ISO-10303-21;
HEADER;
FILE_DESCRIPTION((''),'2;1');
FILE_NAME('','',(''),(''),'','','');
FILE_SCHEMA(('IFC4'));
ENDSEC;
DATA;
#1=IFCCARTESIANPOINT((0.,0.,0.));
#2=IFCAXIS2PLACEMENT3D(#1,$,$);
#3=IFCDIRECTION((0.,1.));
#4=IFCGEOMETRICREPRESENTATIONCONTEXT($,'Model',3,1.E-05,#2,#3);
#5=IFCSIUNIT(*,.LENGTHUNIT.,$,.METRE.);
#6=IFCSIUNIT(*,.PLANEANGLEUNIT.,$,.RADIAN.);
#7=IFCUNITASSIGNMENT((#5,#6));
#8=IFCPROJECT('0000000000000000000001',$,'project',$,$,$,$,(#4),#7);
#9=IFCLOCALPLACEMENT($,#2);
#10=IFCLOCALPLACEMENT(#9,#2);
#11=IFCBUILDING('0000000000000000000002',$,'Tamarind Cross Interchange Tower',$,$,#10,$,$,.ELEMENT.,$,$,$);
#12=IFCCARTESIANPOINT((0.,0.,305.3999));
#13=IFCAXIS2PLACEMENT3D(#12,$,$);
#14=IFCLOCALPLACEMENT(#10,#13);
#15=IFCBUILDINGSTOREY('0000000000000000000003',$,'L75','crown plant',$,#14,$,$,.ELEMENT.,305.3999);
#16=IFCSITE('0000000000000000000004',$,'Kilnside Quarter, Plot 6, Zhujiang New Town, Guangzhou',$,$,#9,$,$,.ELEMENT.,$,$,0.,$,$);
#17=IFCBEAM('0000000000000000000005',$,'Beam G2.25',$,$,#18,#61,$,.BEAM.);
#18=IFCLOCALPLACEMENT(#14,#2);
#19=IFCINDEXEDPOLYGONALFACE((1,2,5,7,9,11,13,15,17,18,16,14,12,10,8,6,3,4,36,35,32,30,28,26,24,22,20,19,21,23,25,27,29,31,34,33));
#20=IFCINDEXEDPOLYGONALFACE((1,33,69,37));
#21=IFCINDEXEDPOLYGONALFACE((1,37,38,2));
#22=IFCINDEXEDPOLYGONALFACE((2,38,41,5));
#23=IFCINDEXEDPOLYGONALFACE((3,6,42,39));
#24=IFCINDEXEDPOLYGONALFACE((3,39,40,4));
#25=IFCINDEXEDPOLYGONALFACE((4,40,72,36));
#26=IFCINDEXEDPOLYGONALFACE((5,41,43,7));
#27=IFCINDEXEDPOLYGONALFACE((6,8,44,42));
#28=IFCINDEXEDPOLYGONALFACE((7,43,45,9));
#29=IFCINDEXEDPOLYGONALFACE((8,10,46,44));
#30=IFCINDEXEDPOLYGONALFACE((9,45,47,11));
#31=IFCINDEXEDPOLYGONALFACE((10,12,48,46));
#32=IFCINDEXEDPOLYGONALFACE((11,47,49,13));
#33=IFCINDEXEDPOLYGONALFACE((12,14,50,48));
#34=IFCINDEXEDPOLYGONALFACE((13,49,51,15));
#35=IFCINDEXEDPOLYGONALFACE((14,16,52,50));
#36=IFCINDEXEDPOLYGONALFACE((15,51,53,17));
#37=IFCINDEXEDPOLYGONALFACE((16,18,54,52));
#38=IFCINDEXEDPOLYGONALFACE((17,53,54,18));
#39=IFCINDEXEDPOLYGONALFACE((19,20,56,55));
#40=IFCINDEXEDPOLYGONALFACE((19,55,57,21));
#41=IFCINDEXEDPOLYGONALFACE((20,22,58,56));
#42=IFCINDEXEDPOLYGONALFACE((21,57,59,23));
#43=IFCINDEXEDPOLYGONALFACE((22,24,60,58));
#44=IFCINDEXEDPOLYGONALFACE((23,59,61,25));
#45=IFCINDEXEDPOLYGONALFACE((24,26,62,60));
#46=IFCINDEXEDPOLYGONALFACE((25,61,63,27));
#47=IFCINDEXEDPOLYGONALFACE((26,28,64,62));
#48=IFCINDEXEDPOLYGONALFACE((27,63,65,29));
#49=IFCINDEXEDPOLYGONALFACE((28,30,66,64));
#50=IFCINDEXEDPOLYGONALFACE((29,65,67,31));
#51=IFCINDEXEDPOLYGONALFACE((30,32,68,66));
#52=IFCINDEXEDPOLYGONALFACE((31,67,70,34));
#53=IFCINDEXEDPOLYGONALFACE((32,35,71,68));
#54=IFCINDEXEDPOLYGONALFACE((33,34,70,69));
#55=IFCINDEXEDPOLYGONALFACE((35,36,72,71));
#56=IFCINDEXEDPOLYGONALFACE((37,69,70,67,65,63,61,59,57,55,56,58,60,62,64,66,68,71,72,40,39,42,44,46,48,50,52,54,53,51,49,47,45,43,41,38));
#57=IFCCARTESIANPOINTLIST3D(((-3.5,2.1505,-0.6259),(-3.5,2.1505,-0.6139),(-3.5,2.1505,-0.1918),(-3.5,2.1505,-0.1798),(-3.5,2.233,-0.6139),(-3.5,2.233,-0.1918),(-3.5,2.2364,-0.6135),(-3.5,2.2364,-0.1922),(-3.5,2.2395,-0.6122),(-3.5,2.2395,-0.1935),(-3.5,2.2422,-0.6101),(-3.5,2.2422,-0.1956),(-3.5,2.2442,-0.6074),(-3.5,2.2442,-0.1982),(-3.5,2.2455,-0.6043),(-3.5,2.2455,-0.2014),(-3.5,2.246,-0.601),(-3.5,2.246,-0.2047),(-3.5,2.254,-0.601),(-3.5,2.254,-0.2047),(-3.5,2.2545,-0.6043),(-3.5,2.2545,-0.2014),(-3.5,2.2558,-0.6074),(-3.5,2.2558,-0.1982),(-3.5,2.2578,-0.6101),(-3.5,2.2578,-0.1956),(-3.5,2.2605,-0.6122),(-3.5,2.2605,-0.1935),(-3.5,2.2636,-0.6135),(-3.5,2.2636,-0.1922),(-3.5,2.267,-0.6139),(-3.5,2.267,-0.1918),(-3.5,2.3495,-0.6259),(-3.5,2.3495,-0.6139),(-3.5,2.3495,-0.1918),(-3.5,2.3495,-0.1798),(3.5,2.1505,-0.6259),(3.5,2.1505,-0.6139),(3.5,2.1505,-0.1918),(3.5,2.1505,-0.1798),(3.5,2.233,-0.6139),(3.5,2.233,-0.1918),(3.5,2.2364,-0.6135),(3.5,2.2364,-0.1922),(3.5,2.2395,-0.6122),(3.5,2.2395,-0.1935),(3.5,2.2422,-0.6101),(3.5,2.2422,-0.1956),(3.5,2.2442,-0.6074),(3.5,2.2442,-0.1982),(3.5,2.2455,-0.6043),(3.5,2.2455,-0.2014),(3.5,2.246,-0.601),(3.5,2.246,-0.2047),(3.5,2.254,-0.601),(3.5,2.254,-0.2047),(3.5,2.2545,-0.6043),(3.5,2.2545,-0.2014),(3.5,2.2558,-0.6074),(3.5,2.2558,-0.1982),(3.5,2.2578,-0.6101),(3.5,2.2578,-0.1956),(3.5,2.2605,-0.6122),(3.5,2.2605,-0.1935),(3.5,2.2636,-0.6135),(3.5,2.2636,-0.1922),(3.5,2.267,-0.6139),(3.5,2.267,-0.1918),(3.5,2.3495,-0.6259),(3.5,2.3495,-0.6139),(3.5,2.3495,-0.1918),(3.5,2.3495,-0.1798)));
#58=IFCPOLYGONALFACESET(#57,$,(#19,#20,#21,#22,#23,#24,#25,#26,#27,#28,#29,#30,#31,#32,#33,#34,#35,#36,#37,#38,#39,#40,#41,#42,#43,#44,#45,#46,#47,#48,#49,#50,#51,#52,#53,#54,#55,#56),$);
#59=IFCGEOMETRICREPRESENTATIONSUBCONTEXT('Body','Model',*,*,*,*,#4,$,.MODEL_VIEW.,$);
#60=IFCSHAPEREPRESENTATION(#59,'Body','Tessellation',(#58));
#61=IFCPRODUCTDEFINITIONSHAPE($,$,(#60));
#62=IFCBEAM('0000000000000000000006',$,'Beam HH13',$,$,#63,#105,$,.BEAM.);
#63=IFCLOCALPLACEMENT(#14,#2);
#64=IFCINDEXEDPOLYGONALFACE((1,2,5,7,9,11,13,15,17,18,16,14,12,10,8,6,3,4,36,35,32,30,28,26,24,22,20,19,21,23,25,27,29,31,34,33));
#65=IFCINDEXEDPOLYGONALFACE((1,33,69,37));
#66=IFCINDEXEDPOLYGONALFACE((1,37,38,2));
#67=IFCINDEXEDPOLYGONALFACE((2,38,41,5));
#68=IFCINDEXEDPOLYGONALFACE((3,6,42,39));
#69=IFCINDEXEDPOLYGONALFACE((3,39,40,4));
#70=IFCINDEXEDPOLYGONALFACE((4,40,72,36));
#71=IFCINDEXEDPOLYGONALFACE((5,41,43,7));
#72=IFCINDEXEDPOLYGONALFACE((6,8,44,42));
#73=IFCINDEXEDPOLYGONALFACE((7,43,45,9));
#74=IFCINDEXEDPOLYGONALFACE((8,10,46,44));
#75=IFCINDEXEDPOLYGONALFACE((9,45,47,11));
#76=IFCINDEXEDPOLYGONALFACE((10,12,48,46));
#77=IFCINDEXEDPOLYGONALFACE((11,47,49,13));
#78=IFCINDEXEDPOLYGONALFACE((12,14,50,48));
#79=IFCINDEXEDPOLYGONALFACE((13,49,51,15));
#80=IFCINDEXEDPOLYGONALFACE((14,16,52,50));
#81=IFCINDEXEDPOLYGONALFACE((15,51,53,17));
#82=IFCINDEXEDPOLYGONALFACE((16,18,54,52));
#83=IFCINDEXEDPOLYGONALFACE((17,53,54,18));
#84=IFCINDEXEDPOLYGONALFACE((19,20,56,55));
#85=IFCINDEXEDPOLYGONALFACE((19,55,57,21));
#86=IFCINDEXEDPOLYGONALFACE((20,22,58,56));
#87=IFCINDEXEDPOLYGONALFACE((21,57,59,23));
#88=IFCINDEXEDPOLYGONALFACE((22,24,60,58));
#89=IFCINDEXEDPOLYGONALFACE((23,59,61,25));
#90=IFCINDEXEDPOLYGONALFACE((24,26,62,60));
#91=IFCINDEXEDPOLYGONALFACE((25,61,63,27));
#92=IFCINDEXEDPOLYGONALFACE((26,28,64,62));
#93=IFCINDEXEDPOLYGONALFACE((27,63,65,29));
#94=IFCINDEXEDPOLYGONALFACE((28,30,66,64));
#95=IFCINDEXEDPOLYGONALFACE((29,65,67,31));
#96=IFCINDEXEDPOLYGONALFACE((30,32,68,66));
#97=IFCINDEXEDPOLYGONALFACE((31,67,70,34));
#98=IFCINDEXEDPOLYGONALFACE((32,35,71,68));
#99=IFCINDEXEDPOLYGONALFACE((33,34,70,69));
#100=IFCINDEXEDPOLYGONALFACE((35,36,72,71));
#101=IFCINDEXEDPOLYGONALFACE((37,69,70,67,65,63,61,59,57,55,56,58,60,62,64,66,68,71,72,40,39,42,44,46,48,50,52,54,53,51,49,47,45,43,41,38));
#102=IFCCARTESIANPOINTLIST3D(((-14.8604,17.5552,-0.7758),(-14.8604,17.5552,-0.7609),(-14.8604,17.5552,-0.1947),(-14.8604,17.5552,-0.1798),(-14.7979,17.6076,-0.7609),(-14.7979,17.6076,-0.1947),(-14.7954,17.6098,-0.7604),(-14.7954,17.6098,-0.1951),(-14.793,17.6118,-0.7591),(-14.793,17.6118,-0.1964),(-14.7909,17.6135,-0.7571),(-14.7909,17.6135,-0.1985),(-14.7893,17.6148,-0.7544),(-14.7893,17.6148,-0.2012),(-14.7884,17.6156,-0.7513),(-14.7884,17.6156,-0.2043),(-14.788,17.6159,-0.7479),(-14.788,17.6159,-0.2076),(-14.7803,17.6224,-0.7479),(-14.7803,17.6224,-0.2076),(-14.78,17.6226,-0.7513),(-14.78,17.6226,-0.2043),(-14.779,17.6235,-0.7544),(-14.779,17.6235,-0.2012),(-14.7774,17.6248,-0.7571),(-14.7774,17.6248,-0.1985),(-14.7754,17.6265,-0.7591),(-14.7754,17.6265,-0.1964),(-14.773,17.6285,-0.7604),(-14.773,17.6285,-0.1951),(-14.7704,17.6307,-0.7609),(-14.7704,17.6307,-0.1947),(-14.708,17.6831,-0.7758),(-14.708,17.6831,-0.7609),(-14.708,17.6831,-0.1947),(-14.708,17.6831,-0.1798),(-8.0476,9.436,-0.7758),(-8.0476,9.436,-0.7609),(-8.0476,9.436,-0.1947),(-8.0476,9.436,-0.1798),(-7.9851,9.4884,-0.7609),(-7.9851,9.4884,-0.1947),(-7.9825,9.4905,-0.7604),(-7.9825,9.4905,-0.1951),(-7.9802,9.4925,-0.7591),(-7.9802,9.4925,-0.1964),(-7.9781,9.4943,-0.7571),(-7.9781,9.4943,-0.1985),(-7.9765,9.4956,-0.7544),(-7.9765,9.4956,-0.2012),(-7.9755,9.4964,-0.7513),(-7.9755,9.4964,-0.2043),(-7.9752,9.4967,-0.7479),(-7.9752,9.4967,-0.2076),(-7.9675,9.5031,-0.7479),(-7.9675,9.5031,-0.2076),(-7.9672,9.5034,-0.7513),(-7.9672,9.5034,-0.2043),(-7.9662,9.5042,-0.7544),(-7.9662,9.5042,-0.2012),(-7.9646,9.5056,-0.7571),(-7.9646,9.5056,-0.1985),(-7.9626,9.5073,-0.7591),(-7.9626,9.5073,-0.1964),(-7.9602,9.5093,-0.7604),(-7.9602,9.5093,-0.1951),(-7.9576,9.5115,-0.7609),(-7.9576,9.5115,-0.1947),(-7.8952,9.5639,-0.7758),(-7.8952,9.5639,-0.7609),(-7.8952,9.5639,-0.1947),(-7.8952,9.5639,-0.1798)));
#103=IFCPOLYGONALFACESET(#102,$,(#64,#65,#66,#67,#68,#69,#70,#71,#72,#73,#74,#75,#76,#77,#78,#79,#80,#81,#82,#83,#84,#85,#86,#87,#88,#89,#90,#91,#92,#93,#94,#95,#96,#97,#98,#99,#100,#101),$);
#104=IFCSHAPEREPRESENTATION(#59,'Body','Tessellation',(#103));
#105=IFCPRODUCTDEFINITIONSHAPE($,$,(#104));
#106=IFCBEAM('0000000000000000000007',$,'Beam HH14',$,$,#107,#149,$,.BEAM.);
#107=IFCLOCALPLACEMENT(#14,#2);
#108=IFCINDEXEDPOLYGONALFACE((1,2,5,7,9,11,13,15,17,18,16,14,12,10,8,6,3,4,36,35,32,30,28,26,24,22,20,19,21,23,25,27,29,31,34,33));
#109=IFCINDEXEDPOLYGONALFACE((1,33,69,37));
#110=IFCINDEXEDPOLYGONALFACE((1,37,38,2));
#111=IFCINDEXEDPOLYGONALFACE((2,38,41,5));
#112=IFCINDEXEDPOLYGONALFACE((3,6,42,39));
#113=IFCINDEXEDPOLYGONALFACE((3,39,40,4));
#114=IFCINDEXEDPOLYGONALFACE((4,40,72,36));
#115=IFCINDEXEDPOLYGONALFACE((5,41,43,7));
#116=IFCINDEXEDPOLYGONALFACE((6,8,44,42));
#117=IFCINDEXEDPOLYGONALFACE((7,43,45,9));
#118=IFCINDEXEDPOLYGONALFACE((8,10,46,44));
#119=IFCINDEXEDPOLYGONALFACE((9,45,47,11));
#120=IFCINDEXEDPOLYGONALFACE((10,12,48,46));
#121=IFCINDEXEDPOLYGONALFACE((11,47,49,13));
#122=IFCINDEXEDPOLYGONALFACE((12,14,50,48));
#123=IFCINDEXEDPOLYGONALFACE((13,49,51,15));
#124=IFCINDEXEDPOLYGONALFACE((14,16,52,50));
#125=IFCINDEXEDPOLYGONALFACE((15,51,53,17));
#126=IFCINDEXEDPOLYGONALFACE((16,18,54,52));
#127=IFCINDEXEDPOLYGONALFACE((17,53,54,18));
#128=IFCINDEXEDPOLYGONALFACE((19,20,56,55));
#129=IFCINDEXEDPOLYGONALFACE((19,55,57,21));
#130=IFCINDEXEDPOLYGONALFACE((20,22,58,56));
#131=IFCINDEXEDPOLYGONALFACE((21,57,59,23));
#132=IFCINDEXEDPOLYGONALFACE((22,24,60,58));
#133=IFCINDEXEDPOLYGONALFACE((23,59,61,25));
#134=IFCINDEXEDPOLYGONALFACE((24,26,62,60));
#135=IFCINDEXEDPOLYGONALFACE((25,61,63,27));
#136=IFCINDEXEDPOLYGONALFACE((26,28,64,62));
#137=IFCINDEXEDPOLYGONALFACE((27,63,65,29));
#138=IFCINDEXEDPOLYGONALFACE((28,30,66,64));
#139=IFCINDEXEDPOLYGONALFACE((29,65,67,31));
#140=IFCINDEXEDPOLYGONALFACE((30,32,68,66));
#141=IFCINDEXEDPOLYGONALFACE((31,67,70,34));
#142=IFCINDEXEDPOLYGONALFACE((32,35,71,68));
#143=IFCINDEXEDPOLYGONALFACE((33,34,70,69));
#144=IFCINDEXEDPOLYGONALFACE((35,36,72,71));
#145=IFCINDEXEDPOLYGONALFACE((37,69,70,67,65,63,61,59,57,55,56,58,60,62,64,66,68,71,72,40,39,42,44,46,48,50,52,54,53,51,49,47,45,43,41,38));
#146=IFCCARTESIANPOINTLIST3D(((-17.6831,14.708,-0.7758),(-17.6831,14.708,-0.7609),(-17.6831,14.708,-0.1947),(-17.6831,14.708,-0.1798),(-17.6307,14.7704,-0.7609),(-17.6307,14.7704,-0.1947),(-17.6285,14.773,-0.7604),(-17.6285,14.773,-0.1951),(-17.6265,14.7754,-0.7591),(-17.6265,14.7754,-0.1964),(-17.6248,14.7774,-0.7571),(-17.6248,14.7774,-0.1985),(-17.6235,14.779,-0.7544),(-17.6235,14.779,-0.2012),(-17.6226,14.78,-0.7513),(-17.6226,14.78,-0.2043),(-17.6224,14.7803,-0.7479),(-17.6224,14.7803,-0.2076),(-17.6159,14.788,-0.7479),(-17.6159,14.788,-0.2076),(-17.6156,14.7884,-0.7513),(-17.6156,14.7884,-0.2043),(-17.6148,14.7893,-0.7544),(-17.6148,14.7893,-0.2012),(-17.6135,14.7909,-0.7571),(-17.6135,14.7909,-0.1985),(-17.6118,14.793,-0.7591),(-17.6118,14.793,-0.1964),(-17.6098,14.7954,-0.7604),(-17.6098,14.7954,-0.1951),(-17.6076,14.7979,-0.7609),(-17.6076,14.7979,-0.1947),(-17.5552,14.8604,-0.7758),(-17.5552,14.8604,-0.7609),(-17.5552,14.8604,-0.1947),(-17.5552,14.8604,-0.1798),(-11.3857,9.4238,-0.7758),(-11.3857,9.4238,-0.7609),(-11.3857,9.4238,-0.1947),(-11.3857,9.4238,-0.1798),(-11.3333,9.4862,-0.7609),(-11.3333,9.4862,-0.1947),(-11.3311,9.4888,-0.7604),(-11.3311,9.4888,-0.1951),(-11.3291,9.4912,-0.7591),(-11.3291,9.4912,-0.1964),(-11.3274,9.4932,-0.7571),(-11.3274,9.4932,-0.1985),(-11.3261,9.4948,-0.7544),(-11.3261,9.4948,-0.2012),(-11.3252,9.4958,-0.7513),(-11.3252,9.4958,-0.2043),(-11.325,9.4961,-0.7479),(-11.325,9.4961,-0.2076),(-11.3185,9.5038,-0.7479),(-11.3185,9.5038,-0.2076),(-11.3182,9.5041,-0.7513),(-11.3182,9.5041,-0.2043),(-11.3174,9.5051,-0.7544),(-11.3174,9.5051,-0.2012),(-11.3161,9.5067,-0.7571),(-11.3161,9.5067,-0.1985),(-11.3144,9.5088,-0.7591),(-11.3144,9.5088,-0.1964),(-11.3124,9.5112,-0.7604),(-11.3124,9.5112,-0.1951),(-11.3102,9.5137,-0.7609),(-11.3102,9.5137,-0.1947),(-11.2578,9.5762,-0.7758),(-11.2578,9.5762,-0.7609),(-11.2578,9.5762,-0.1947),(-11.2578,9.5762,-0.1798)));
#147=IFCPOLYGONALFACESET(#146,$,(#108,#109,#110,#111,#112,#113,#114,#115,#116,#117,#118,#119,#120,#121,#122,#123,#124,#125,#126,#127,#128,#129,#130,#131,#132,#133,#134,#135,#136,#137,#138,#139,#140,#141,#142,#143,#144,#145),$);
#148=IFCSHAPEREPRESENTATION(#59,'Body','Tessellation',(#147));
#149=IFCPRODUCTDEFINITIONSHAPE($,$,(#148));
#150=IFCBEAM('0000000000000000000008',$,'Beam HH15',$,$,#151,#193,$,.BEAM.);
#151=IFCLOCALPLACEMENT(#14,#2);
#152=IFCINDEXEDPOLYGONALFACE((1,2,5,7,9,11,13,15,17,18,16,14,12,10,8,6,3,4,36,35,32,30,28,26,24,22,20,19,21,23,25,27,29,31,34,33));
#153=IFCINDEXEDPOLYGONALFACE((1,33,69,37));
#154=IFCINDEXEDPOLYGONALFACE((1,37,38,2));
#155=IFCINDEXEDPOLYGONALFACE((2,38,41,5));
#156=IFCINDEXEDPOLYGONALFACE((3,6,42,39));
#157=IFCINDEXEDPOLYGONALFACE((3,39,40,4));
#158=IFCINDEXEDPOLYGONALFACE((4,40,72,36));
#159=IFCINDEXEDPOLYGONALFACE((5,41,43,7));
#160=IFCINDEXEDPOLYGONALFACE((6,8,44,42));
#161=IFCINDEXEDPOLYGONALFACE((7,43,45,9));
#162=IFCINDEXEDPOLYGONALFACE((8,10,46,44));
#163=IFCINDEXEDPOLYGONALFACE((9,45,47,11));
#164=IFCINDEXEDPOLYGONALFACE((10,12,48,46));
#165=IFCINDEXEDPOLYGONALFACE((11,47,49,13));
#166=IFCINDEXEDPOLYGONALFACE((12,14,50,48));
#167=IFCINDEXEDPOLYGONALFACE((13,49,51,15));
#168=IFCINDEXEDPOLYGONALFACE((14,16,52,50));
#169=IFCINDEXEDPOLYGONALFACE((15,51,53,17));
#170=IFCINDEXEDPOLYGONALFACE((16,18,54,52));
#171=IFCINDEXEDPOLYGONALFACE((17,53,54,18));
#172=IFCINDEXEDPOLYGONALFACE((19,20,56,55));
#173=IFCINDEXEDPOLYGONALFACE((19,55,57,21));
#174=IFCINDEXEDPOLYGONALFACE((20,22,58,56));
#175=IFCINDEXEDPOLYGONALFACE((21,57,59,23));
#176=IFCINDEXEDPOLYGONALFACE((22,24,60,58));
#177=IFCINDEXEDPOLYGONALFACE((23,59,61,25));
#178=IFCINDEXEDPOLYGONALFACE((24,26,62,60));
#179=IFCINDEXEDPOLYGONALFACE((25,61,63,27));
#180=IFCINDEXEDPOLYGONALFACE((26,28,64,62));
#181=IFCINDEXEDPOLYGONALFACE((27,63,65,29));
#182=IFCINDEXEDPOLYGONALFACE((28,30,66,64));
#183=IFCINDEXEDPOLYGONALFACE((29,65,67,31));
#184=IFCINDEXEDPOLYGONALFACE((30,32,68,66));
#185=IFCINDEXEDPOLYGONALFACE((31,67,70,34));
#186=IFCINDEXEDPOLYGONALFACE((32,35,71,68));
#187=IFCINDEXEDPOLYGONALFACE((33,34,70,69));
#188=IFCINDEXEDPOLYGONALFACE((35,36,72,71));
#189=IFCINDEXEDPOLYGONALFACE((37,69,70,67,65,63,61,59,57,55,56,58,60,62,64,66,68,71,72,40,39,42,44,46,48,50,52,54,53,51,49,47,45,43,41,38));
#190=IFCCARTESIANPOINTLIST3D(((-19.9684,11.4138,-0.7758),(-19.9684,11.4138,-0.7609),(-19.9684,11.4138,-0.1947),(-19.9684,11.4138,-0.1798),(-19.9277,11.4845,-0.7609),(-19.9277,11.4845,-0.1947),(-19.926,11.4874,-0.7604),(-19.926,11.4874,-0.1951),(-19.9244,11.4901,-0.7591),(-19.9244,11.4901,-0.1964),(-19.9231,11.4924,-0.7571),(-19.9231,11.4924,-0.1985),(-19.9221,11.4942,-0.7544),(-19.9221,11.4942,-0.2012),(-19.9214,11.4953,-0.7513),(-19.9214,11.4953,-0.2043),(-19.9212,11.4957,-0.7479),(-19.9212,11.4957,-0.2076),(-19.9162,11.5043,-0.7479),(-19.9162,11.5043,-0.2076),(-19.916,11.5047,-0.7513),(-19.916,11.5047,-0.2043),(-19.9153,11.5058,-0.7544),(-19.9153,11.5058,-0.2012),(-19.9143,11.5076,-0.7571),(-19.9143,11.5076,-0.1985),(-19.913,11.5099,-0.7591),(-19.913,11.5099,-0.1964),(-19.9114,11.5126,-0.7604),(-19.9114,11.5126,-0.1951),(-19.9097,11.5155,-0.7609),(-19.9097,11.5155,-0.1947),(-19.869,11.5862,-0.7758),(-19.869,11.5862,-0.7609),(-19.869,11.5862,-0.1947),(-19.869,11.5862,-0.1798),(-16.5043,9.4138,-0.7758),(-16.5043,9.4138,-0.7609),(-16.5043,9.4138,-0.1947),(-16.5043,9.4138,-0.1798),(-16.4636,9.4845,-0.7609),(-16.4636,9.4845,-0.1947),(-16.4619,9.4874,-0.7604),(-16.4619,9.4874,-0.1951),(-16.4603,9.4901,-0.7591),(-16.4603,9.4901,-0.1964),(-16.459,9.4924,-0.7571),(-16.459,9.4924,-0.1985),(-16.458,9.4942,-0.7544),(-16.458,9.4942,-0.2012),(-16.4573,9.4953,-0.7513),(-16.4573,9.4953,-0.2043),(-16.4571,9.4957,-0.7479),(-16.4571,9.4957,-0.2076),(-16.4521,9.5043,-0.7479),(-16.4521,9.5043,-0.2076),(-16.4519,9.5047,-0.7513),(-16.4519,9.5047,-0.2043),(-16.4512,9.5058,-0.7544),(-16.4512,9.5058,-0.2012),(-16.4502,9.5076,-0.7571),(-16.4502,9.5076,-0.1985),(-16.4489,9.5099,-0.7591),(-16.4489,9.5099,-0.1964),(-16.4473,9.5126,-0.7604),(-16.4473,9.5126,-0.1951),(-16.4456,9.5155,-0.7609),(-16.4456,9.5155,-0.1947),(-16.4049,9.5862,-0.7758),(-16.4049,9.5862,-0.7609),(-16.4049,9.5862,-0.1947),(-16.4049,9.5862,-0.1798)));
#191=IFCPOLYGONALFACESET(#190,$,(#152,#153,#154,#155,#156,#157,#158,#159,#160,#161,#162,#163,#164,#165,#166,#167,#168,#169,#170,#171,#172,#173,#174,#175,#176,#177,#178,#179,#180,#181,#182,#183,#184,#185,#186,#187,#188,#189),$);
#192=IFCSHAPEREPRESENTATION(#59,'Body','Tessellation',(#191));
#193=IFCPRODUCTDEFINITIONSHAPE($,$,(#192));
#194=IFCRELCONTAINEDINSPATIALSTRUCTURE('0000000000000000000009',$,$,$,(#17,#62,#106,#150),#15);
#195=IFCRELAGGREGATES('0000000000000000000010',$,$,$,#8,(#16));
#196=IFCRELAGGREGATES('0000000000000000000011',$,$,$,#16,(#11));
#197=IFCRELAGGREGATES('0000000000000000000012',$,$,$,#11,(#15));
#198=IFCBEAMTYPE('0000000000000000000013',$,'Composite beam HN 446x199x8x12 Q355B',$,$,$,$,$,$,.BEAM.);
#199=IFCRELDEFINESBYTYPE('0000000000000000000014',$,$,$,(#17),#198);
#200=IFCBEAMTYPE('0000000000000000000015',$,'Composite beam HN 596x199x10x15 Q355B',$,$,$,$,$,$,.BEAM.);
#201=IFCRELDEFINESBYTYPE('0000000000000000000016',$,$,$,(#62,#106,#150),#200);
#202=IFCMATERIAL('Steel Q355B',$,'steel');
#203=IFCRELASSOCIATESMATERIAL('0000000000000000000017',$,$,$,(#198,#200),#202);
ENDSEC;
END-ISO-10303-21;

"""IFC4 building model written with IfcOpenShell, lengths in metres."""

from ifc_helpers import new_model, si_unit, direction, frame, origin, origin_2d, place, context, subcontext, project, spatial, i_section, extrude, material, material_profile, profile_set, type_object, element, save


model = new_model("IFC4")

# Units and contexts
model_context = context("Model", 3, precision=1e-05, world=origin(), true_north=direction((0.0, 1.0)))
body_context = subcontext(model_context, "Body", "Model", "MODEL_VIEW")
ifc_project = project(units=[si_unit("LENGTHUNIT", "METRE"), si_unit("PLANEANGLEUNIT", "RADIAN")], contexts=[model_context])

# Site, building, storey
site_placement = place(None, origin())
site = spatial("IfcSite", under=ifc_project, at=site_placement, Name="Kilnside Quarter, Plot 6, Zhujiang New Town, Guangzhou", CompositionType="ELEMENT", RefElevation=0.0)
building_placement = place(site_placement, origin())
building = spatial("IfcBuilding", under=site, at=building_placement, Name="Tamarind Cross Interchange Tower", CompositionType="ELEMENT")
storey_placement = place(building_placement, frame((0.0, 0.0, 305.3999)))
storey = spatial("IfcBuildingStorey", under=building, at=storey_placement, Name="L75", Description="crown plant", CompositionType="ELEMENT", Elevation=305.3999)

# Beams
ifc_material_1 = material(Name="Steel Q355B", Category="steel")
ifc_material_profile_1 = material_profile(ifc_material_1, i_section(OverallWidth=0.199, OverallDepth=0.446, WebThickness=0.0081, FlangeThickness=0.012, FilletRadius=0.0129, at=origin_2d()), Name="HN 446x199x8x12")
ifc_profile_set_1 = profile_set([ifc_material_profile_1], Name="Steel Q355B")
beam_type_1 = type_object("IfcBeamType", Name="Composite beam HN 446x199x8x12 Q355B", PredefinedType="BEAM", material=ifc_profile_set_1)
beam_1_placement = place(storey_placement, frame((-3.5, 2.25, -0.4028), z_axis=(1.0, 0.0, 0.0), x_axis=(0.0, 1.0, 0.0)))
element("IfcBeam", 1, at=beam_1_placement, inside=storey, type_object=beam_type_1, Name="Beam G2.25", PredefinedType="BEAM", context=body_context, shape_type="SweptSolid", body=[
    extrude(i_section(OverallWidth=0.199, OverallDepth=0.446, WebThickness=0.0081, FlangeThickness=0.012, FilletRadius=0.0129, at=origin_2d()), origin(), (0.0, 0.0, 1.0), 7.0),
])
ifc_material_profile_2 = material_profile(ifc_material_1, i_section(OverallWidth=0.199, OverallDepth=0.5959, WebThickness=0.01, FlangeThickness=0.0149, FilletRadius=0.0129, at=origin_2d()), Name="HN 596x199x10x15")
ifc_profile_set_2 = profile_set([ifc_material_profile_2], Name="Steel Q355B")
beam_type_2 = type_object("IfcBeamType", Name="Composite beam HN 596x199x10x15 Q355B", PredefinedType="BEAM", material=ifc_profile_set_2)
beam_2_placement = place(storey_placement, frame((-14.7842, 17.6191, -0.4778), z_axis=(0.642786, -0.766046, 0.0), x_axis=(0.766046, 0.642786, 0.0)))
element("IfcBeam", 2, at=beam_2_placement, inside=storey, type_object=beam_type_2, Name="Beam HH13", PredefinedType="BEAM", context=body_context, shape_type="SweptSolid", body=[
    extrude(i_section(OverallWidth=0.199, OverallDepth=0.5959, WebThickness=0.01, FlangeThickness=0.0149, FilletRadius=0.0129, at=origin_2d()), origin(), (0.0, 0.0, 1.0), 10.5989),
])
beam_3_placement = place(storey_placement, frame((-17.6191, 14.7842, -0.4778), z_axis=(0.766041, -0.642792, 0.0), x_axis=(0.642792, 0.766041, 0.0)))
element("IfcBeam", 3, at=beam_3_placement, inside=storey, type_object=beam_type_2, Name="Beam HH14", PredefinedType="BEAM", context=body_context, shape_type="SweptSolid", body=[
    extrude(i_section(OverallWidth=0.199, OverallDepth=0.5959, WebThickness=0.01, FlangeThickness=0.0149, FilletRadius=0.0129, at=origin_2d()), origin(), (0.0, 0.0, 1.0), 8.2207),
])
beam_4_placement = place(storey_placement, frame((-19.9187, 11.5, -0.4778), z_axis=(0.866026, -0.499999, 0.0), x_axis=(0.499999, 0.866026, 0.0)))
element("IfcBeam", 4, at=beam_4_placement, inside=storey, type_object=beam_type_2, Name="Beam HH15", PredefinedType="BEAM", context=body_context, shape_type="SweptSolid", body=[
    extrude(i_section(OverallWidth=0.199, OverallDepth=0.5959, WebThickness=0.01, FlangeThickness=0.0149, FilletRadius=0.0129, at=origin_2d()), origin(), (0.0, 0.0, 1.0), 4.0),
])

save(model, "model.ifc")
